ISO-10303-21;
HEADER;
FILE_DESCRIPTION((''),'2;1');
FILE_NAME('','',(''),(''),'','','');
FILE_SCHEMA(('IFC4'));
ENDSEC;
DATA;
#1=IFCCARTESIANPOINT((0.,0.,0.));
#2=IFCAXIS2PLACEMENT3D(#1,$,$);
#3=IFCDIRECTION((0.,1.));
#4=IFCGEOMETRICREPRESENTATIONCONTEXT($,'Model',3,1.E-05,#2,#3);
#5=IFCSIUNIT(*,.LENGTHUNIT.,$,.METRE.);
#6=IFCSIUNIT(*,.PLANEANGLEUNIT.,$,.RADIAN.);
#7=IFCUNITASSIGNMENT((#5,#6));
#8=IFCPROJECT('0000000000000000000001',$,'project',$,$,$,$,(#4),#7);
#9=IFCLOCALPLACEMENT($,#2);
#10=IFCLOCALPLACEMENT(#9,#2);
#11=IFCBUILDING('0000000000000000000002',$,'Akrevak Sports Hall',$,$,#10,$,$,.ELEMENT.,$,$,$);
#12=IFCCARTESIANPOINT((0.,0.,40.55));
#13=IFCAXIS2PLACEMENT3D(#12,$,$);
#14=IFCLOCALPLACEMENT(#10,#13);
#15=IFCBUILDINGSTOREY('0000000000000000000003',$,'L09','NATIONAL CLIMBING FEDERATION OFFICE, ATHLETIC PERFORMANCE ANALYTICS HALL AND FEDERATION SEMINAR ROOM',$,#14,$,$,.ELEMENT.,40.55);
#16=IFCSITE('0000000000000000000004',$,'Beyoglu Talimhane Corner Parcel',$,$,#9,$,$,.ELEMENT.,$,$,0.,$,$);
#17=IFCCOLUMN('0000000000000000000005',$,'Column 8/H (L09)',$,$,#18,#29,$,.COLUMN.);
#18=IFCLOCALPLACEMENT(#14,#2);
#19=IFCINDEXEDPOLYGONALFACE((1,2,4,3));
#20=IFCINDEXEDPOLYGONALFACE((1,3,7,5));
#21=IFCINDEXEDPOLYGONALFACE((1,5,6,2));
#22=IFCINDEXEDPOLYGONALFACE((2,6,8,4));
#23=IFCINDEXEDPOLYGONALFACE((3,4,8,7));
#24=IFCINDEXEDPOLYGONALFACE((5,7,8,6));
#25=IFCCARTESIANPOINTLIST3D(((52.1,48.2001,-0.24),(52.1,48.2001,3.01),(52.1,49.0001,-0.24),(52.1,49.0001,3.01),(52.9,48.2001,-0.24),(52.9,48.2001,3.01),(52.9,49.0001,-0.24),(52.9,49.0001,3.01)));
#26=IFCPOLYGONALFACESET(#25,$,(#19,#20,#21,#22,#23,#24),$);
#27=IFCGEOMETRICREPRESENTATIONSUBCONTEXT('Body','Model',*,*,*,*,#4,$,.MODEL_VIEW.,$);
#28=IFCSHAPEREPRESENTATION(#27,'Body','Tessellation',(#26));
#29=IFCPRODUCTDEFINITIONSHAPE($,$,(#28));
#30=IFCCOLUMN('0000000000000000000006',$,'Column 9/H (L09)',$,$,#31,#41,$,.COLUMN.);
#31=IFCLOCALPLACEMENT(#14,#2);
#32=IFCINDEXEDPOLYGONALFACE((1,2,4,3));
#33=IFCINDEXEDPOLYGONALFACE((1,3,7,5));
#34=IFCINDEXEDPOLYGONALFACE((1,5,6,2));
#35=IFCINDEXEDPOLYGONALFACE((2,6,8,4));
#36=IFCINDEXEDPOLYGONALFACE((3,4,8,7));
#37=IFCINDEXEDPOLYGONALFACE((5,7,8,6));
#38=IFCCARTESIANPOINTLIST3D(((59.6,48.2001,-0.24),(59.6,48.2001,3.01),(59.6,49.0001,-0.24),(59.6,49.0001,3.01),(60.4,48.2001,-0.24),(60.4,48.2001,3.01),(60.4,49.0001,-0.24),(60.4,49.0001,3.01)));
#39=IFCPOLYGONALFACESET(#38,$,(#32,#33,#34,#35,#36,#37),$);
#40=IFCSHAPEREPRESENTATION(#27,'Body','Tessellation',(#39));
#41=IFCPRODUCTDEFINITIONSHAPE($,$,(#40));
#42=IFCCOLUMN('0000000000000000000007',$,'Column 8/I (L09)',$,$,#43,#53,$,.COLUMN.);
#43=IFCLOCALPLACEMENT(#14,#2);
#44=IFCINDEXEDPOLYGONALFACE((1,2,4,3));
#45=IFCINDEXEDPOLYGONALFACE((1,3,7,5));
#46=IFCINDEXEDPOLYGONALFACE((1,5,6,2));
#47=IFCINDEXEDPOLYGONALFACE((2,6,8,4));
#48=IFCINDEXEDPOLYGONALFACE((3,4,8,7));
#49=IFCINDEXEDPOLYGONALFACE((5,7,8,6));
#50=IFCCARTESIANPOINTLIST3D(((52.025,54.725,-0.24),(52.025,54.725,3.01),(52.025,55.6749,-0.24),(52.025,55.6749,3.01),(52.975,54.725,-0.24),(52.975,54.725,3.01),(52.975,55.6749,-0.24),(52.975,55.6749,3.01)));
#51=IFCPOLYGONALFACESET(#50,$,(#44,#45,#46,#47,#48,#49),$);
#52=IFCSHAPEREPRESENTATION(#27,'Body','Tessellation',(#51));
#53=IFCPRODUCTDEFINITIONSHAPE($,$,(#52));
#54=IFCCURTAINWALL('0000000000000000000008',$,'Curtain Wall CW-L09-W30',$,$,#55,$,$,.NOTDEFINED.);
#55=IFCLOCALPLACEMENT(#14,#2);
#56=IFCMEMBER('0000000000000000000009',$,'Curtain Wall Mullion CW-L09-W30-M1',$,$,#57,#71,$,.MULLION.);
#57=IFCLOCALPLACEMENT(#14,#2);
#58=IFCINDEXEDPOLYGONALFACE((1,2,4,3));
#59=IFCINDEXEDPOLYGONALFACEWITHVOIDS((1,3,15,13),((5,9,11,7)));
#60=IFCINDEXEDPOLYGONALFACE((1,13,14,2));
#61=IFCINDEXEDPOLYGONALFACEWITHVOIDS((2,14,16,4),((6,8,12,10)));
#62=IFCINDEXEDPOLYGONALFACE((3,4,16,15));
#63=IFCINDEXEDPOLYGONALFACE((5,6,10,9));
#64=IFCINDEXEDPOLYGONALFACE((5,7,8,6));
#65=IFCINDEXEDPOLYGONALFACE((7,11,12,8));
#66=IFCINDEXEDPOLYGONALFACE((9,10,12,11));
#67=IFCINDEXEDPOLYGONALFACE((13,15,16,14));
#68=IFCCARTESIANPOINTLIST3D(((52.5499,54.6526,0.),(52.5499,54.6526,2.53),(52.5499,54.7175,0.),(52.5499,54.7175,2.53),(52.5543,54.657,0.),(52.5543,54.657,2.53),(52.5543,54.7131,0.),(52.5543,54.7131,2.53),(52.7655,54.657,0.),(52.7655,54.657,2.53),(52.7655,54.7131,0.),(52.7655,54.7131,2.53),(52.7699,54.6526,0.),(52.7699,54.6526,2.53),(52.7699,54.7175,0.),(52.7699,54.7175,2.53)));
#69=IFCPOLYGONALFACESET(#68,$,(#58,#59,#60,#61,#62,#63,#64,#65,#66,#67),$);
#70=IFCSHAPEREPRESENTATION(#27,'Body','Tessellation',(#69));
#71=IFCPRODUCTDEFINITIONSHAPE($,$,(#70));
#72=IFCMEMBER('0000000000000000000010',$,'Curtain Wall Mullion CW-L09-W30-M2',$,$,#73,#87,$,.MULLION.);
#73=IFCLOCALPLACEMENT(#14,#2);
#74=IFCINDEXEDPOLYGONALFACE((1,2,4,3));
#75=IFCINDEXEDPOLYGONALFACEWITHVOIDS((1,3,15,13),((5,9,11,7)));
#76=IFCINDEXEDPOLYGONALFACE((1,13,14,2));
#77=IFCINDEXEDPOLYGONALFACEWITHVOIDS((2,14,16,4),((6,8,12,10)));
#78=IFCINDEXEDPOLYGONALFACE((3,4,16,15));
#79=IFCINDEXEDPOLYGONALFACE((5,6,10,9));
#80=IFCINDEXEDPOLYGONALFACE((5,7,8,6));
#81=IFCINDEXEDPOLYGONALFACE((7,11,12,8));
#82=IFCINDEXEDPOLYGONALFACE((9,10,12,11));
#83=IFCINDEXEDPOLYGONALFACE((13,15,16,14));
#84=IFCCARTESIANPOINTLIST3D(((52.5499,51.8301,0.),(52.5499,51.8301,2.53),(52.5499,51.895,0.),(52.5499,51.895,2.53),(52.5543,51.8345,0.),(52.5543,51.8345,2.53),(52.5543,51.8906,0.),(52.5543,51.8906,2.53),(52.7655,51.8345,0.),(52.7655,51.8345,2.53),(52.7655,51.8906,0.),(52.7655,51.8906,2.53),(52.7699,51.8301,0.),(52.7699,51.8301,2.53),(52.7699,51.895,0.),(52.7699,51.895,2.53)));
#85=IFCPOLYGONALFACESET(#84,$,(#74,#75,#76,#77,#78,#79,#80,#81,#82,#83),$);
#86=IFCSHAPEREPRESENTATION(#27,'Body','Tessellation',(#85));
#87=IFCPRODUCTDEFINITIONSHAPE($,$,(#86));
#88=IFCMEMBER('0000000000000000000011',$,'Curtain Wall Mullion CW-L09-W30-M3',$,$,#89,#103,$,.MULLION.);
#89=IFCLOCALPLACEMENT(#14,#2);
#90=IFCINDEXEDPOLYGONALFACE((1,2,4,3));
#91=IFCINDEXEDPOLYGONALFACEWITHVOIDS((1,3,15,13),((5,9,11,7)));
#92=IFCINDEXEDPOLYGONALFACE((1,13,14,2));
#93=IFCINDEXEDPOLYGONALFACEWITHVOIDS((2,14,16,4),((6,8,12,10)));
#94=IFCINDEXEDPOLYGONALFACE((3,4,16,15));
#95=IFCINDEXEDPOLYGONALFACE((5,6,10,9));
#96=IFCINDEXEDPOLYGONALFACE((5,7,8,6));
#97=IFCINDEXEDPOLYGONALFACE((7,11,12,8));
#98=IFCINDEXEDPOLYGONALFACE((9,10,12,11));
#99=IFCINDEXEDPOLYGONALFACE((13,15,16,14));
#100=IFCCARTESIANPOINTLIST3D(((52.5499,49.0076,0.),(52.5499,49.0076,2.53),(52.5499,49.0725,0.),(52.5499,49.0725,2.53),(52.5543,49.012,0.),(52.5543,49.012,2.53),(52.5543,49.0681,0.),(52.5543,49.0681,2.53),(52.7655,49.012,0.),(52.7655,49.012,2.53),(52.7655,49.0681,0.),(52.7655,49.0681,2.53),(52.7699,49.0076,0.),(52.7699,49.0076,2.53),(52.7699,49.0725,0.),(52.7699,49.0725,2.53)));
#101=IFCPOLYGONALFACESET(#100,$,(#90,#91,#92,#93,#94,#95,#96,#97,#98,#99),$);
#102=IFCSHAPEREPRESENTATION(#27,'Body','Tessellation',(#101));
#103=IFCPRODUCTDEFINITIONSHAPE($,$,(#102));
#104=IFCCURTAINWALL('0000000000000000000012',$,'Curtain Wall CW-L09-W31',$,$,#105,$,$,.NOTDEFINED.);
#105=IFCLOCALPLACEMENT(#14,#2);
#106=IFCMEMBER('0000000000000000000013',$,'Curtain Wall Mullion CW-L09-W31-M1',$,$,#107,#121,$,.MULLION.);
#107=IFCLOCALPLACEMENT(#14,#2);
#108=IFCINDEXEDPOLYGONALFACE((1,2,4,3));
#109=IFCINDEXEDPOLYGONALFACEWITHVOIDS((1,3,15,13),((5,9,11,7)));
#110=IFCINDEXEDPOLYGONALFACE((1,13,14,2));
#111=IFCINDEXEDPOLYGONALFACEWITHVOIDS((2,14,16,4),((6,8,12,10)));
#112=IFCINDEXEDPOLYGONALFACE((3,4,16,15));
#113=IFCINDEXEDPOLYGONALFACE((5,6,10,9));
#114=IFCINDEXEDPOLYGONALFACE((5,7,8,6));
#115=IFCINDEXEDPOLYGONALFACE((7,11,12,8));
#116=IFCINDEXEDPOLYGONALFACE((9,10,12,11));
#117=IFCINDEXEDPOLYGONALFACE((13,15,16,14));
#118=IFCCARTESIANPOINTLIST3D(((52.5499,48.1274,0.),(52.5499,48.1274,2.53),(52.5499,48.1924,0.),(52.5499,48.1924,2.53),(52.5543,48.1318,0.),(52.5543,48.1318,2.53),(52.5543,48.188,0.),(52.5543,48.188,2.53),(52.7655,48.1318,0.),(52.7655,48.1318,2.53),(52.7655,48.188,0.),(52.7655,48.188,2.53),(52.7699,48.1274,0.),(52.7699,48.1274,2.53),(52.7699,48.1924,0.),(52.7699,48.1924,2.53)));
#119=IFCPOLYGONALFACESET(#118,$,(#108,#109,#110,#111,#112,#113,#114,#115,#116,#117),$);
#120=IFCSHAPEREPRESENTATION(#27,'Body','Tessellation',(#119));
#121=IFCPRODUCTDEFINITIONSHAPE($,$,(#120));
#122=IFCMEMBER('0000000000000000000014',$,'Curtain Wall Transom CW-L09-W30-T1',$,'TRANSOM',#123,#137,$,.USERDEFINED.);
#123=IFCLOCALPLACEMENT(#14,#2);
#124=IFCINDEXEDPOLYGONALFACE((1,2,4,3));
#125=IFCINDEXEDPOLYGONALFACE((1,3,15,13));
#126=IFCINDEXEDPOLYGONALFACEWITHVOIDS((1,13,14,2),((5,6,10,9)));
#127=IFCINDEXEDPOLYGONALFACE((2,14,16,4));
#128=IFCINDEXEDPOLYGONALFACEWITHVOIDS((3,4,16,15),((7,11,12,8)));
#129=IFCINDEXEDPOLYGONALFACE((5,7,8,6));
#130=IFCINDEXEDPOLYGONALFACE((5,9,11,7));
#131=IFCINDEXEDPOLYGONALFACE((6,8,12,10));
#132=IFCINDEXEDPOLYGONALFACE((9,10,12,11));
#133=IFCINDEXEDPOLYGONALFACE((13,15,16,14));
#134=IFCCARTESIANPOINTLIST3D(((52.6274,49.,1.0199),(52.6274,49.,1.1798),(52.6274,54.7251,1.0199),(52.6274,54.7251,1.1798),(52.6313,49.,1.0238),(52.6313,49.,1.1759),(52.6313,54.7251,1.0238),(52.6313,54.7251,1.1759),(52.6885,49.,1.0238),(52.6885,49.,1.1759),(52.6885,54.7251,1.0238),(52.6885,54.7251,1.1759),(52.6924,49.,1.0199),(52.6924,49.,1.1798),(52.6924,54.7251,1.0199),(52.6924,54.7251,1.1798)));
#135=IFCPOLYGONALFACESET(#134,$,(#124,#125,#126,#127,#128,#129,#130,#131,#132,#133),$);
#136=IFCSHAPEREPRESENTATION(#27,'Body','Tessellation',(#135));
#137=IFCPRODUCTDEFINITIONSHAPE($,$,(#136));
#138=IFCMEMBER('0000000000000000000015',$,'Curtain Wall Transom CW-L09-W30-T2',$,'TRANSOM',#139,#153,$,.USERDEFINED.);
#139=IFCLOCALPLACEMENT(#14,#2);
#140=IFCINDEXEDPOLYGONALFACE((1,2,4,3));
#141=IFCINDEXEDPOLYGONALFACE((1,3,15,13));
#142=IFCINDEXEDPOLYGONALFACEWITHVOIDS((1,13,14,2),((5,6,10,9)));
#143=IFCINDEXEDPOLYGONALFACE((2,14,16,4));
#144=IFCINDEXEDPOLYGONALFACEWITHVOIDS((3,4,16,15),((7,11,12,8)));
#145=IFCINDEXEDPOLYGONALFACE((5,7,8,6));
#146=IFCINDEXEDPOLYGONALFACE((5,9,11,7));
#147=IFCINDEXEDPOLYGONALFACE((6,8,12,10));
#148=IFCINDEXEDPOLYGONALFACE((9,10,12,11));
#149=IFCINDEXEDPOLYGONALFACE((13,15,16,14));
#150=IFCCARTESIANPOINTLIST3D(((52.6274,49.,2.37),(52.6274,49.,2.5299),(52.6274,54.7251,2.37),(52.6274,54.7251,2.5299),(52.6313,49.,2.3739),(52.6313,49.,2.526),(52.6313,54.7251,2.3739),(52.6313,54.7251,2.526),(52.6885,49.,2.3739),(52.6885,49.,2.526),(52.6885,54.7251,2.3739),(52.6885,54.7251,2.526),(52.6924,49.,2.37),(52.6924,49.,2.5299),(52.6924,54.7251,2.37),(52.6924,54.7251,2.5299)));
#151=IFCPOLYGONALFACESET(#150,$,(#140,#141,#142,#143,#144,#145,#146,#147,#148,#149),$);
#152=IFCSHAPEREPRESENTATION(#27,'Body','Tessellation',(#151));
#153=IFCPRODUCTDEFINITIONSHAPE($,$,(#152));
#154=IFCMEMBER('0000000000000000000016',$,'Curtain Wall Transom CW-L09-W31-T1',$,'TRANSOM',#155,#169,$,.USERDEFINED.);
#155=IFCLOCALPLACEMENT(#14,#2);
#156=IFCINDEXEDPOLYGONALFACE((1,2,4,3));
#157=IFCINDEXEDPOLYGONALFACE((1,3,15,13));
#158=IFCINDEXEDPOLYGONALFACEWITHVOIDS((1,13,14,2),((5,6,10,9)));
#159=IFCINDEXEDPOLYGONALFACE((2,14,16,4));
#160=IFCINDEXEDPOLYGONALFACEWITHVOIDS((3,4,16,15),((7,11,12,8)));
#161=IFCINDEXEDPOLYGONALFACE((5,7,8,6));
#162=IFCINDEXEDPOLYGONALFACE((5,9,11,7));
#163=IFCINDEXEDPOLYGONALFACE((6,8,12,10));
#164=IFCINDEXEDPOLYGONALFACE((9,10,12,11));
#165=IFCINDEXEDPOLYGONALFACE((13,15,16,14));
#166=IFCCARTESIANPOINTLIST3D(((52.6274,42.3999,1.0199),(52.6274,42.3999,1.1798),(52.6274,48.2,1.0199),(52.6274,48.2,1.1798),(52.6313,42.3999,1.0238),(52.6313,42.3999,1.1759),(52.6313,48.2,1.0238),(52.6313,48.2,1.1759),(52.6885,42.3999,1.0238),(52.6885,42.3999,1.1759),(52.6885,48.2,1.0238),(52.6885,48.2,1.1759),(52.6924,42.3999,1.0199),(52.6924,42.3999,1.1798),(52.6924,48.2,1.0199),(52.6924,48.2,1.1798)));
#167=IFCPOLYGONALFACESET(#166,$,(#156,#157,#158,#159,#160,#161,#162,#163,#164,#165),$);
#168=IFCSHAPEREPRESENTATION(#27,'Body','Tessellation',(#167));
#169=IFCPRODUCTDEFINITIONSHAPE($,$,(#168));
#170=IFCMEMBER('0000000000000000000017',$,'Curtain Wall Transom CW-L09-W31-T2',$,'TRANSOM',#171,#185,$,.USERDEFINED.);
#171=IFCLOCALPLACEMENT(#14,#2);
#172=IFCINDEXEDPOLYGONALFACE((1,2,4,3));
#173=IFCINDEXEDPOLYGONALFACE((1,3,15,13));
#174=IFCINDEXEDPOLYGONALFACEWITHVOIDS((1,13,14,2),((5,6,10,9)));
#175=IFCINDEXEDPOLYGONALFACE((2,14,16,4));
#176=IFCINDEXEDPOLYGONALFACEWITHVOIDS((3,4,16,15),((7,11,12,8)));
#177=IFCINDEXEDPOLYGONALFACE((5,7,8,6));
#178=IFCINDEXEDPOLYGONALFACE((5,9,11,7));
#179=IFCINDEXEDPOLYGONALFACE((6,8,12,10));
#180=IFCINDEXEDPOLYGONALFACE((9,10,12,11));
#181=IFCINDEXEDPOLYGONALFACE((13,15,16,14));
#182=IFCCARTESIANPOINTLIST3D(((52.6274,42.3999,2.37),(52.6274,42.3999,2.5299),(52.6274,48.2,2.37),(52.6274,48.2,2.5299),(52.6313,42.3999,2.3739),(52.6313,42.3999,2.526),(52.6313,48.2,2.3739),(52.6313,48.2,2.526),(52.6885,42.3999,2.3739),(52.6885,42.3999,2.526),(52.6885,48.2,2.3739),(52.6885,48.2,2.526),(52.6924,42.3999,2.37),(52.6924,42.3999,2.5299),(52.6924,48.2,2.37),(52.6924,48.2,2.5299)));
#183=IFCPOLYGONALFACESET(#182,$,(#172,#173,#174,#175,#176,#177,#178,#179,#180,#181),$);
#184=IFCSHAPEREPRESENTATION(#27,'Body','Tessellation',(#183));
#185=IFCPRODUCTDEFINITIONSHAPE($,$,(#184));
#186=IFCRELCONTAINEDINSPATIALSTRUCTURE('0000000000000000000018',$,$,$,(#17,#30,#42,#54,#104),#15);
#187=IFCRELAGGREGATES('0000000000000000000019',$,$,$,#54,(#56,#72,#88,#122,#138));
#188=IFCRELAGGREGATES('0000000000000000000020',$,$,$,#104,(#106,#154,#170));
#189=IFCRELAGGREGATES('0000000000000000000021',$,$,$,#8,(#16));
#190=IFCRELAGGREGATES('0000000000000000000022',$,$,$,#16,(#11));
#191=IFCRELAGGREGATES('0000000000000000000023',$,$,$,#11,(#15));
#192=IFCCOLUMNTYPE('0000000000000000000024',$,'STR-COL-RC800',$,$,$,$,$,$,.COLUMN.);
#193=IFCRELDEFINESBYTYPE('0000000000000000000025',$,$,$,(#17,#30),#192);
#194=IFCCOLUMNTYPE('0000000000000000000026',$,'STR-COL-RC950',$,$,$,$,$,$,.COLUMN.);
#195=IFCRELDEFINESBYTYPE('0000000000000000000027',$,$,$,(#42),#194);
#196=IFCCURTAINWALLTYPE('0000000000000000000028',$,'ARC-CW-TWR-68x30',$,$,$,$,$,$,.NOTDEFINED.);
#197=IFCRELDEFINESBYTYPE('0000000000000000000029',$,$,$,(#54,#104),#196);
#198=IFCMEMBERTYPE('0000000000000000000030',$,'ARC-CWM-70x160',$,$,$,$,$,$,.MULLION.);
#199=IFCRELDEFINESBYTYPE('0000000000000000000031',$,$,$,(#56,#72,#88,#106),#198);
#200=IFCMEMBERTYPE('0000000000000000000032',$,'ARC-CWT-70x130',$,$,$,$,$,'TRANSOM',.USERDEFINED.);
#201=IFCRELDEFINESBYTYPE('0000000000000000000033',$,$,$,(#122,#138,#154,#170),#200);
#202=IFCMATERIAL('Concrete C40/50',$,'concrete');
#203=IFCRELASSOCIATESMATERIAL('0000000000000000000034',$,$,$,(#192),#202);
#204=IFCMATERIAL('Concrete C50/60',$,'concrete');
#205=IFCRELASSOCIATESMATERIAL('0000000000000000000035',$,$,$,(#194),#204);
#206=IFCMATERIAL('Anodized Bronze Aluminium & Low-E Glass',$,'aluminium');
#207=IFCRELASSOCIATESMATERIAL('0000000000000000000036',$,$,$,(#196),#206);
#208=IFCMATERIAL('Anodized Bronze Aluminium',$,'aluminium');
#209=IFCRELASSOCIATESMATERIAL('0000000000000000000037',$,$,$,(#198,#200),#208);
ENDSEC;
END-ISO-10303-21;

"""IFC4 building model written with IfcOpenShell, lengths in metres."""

from ifc_helpers import new_model, si_unit, direction, frame, origin, origin_2d, place, context, subcontext, project, spatial, rectangle, hollow_rectangle, extrude, material, material_profile, profile_set, type_object, element, aggregate, save


model = new_model("IFC4")

# Units and contexts
model_context = context("Model", 3, precision=1e-05, world=origin(), true_north=direction((0.0, 1.0)))
body_context = subcontext(model_context, "Body", "Model", "MODEL_VIEW")
ifc_project = project(units=[si_unit("LENGTHUNIT", "METRE"), si_unit("PLANEANGLEUNIT", "RADIAN")], contexts=[model_context])

# Site, building, storey
site_placement = place(None, origin())
site = spatial("IfcSite", under=ifc_project, at=site_placement, Name="Beyoglu Talimhane Corner Parcel", CompositionType="ELEMENT", RefElevation=0.0)
building_placement = place(site_placement, origin())
building = spatial("IfcBuilding", under=site, at=building_placement, Name="Akrevak Sports Hall", CompositionType="ELEMENT")
storey_placement = place(building_placement, frame((0.0, 0.0, 40.55)))
storey = spatial("IfcBuildingStorey", under=building, at=storey_placement, Name="L09", Description="NATIONAL CLIMBING FEDERATION OFFICE, ATHLETIC PERFORMANCE ANALYTICS HALL AND FEDERATION SEMINAR ROOM", CompositionType="ELEMENT", Elevation=40.55)

# Columns
ifc_material_1 = material(Name="Concrete C40/50", Category="concrete")
ifc_material_profile_1 = material_profile(ifc_material_1, rectangle(XDim=0.8, YDim=0.8, at=origin_2d()), Name="RC 800x800", Category="concrete")
ifc_profile_set_1 = profile_set([ifc_material_profile_1], Name="Concrete C40/50")
column_type_1 = type_object("IfcColumnType", Name="STR-COL-RC800", PredefinedType="COLUMN", material=ifc_profile_set_1)
for number, where, z_axis, x_axis, name in (
    (1, (52.5, 48.6001, -0.24), (0.0, 0.0, 1.0), (1.0, 0.0, 0.0), "Column 8/H (L09)"),
    (2, (60.0, 48.6001, -0.24), (0.0, 0.0, 1.0), (1.0, 0.0, 0.0), "Column 9/H (L09)"),
):
    element("IfcColumn", number, at=place(storey_placement, frame(where, z_axis=z_axis, x_axis=x_axis)), inside=storey, type_object=column_type_1, Name=name, PredefinedType="COLUMN", context=body_context, shape_type="SweptSolid", body=[
        extrude(rectangle(XDim=0.8, YDim=0.8, at=origin_2d()), origin(), (0.0, 0.0, 1.0), 3.25),
    ])
ifc_material_2 = material(Name="Concrete C50/60", Category="concrete")
ifc_material_profile_2 = material_profile(ifc_material_2, rectangle(XDim=0.95, YDim=0.95, at=origin_2d()), Name="RC 950x950", Category="concrete")
ifc_profile_set_2 = profile_set([ifc_material_profile_2], Name="Concrete C50/60")
column_type_2 = type_object("IfcColumnType", Name="STR-COL-RC950", PredefinedType="COLUMN", material=ifc_profile_set_2)
column_placement = place(storey_placement, frame((52.5, 55.2, -0.24), z_axis=(0.0, 0.0, 1.0), x_axis=(1.0, 0.0, 0.0)))
element("IfcColumn", 3, at=column_placement, inside=storey, type_object=column_type_2, Name="Column 8/I (L09)", PredefinedType="COLUMN", context=body_context, shape_type="SweptSolid", body=[
    extrude(rectangle(XDim=0.95, YDim=0.95, at=origin_2d()), origin(), (0.0, 0.0, 1.0), 3.25),
])

# Curtain wall, members
ifc_material_3 = material(Name="Anodized Bronze Aluminium & Low-E Glass", Category="aluminium")
curtain_wall_type = type_object("IfcCurtainWallType", Name="ARC-CW-TWR-68x30", PredefinedType="NOTDEFINED", material=ifc_material_3)
curtain_wall_1_placement = place(storey_placement, origin())
curtain_wall_1 = element("IfcCurtainWall", 4, at=curtain_wall_1_placement, inside=storey, type_object=curtain_wall_type, Name="Curtain Wall CW-L09-W30", PredefinedType="NOTDEFINED")
ifc_material_4 = material(Name="Anodized Bronze Aluminium", Category="aluminium")
ifc_material_profile_3 = material_profile(ifc_material_4, hollow_rectangle(XDim=0.0649, YDim=0.22, WallThickness=0.0044, at=origin_2d()), Name="CWM 65x220", Category="aluminium")
ifc_profile_set_3 = profile_set([ifc_material_profile_3], Name="Anodized Bronze Aluminium")
member_type_1 = type_object("IfcMemberType", Name="ARC-CWM-70x160", PredefinedType="MULLION", material=ifc_profile_set_3)
member_1_placement = place(storey_placement, frame((52.6599, 54.6851, 0.0), z_axis=(0.0, 0.0, 1.0), x_axis=(0.0, -1.0, 0.0)))
member_1 = element("IfcMember", 5, at=member_1_placement, type_object=member_type_1, Name="Curtain Wall Mullion CW-L09-W30-M1", PredefinedType="MULLION", context=body_context, shape_type="SweptSolid", body=[
    extrude(hollow_rectangle(XDim=0.0649, YDim=0.22, WallThickness=0.0044, at=origin_2d()), origin(), (0.0, 0.0, 1.0), 2.53),
])
member_2_placement = place(storey_placement, frame((52.6599, 51.8625, 0.0), z_axis=(0.0, 0.0, 1.0), x_axis=(0.0, -1.0, 0.0)))
member_2 = element("IfcMember", 6, at=member_2_placement, type_object=member_type_1, Name="Curtain Wall Mullion CW-L09-W30-M2", PredefinedType="MULLION", context=body_context, shape_type="SweptSolid", body=[
    extrude(hollow_rectangle(XDim=0.0649, YDim=0.22, WallThickness=0.0044, at=origin_2d()), origin(), (0.0, 0.0, 1.0), 2.53),
])
member_3_placement = place(storey_placement, frame((52.6599, 49.04, 0.0), z_axis=(0.0, 0.0, 1.0), x_axis=(0.0, -1.0, 0.0)))
member_3 = element("IfcMember", 7, at=member_3_placement, type_object=member_type_1, Name="Curtain Wall Mullion CW-L09-W30-M3", PredefinedType="MULLION", context=body_context, shape_type="SweptSolid", body=[
    extrude(hollow_rectangle(XDim=0.0649, YDim=0.22, WallThickness=0.0044, at=origin_2d()), origin(), (0.0, 0.0, 1.0), 2.53),
])

# Curtain wall, member
curtain_wall_2_placement = place(storey_placement, origin())
curtain_wall_2 = element("IfcCurtainWall", 8, at=curtain_wall_2_placement, inside=storey, type_object=curtain_wall_type, Name="Curtain Wall CW-L09-W31", PredefinedType="NOTDEFINED")
member_4_placement = place(storey_placement, frame((52.6599, 48.1599, 0.0), z_axis=(0.0, 0.0, 1.0), x_axis=(0.0, -1.0, 0.0)))
member_4 = element("IfcMember", 9, at=member_4_placement, type_object=member_type_1, Name="Curtain Wall Mullion CW-L09-W31-M1", PredefinedType="MULLION", context=body_context, shape_type="SweptSolid", body=[
    extrude(hollow_rectangle(XDim=0.0649, YDim=0.22, WallThickness=0.0044, at=origin_2d()), origin(), (0.0, 0.0, 1.0), 2.53),
])

# Members
ifc_material_profile_4 = material_profile(ifc_material_4, hollow_rectangle(XDim=0.0649, YDim=0.1599, WallThickness=0.0039, at=origin_2d()), Name="CWT 65x160", Category="aluminium")
ifc_profile_set_4 = profile_set([ifc_material_profile_4], Name="Anodized Bronze Aluminium")
member_type_2 = type_object("IfcMemberType", Name="ARC-CWT-70x130", ElementType="TRANSOM", PredefinedType="USERDEFINED", material=ifc_profile_set_4)
member_5_placement = place(storey_placement, frame((52.6599, 54.7251, 1.0999), z_axis=(0.0, -1.0, 0.0), x_axis=(1.0, 0.0, 0.0)))
member_5 = element("IfcMember", 10, at=member_5_placement, type_object=member_type_2, Name="Curtain Wall Transom CW-L09-W30-T1", ObjectType="TRANSOM", PredefinedType="USERDEFINED", context=body_context, shape_type="SweptSolid", body=[
    extrude(hollow_rectangle(XDim=0.0649, YDim=0.1599, WallThickness=0.0039, at=origin_2d()), origin(), (0.0, 0.0, 1.0), 5.7251),
])
member_6_placement = place(storey_placement, frame((52.6599, 54.7251, 2.45), z_axis=(0.0, -1.0, 0.0), x_axis=(1.0, 0.0, 0.0)))
member_6 = element("IfcMember", 11, at=member_6_placement, type_object=member_type_2, Name="Curtain Wall Transom CW-L09-W30-T2", ObjectType="TRANSOM", PredefinedType="USERDEFINED", context=body_context, shape_type="SweptSolid", body=[
    extrude(hollow_rectangle(XDim=0.0649, YDim=0.1599, WallThickness=0.0039, at=origin_2d()), origin(), (0.0, 0.0, 1.0), 5.7251),
])
member_7_placement = place(storey_placement, frame((52.6599, 48.2, 1.0999), z_axis=(0.0, -1.0, 0.0), x_axis=(1.0, 0.0, 0.0)))
member_7 = element("IfcMember", 12, at=member_7_placement, type_object=member_type_2, Name="Curtain Wall Transom CW-L09-W31-T1", ObjectType="TRANSOM", PredefinedType="USERDEFINED", context=body_context, shape_type="SweptSolid", body=[
    extrude(hollow_rectangle(XDim=0.0649, YDim=0.1599, WallThickness=0.0039, at=origin_2d()), origin(), (0.0, 0.0, 1.0), 5.8),
])
member_8_placement = place(storey_placement, frame((52.6599, 48.2, 2.45), z_axis=(0.0, -1.0, 0.0), x_axis=(1.0, 0.0, 0.0)))
member_8 = element("IfcMember", 13, at=member_8_placement, type_object=member_type_2, Name="Curtain Wall Transom CW-L09-W31-T2", ObjectType="TRANSOM", PredefinedType="USERDEFINED", context=body_context, shape_type="SweptSolid", body=[
    extrude(hollow_rectangle(XDim=0.0649, YDim=0.1599, WallThickness=0.0039, at=origin_2d()), origin(), (0.0, 0.0, 1.0), 5.8),
])

aggregate(curtain_wall_1, [member_1, member_2, member_3, member_5, member_6])
aggregate(curtain_wall_2, [member_4, member_7, member_8])

save(model, "model.ifc")
